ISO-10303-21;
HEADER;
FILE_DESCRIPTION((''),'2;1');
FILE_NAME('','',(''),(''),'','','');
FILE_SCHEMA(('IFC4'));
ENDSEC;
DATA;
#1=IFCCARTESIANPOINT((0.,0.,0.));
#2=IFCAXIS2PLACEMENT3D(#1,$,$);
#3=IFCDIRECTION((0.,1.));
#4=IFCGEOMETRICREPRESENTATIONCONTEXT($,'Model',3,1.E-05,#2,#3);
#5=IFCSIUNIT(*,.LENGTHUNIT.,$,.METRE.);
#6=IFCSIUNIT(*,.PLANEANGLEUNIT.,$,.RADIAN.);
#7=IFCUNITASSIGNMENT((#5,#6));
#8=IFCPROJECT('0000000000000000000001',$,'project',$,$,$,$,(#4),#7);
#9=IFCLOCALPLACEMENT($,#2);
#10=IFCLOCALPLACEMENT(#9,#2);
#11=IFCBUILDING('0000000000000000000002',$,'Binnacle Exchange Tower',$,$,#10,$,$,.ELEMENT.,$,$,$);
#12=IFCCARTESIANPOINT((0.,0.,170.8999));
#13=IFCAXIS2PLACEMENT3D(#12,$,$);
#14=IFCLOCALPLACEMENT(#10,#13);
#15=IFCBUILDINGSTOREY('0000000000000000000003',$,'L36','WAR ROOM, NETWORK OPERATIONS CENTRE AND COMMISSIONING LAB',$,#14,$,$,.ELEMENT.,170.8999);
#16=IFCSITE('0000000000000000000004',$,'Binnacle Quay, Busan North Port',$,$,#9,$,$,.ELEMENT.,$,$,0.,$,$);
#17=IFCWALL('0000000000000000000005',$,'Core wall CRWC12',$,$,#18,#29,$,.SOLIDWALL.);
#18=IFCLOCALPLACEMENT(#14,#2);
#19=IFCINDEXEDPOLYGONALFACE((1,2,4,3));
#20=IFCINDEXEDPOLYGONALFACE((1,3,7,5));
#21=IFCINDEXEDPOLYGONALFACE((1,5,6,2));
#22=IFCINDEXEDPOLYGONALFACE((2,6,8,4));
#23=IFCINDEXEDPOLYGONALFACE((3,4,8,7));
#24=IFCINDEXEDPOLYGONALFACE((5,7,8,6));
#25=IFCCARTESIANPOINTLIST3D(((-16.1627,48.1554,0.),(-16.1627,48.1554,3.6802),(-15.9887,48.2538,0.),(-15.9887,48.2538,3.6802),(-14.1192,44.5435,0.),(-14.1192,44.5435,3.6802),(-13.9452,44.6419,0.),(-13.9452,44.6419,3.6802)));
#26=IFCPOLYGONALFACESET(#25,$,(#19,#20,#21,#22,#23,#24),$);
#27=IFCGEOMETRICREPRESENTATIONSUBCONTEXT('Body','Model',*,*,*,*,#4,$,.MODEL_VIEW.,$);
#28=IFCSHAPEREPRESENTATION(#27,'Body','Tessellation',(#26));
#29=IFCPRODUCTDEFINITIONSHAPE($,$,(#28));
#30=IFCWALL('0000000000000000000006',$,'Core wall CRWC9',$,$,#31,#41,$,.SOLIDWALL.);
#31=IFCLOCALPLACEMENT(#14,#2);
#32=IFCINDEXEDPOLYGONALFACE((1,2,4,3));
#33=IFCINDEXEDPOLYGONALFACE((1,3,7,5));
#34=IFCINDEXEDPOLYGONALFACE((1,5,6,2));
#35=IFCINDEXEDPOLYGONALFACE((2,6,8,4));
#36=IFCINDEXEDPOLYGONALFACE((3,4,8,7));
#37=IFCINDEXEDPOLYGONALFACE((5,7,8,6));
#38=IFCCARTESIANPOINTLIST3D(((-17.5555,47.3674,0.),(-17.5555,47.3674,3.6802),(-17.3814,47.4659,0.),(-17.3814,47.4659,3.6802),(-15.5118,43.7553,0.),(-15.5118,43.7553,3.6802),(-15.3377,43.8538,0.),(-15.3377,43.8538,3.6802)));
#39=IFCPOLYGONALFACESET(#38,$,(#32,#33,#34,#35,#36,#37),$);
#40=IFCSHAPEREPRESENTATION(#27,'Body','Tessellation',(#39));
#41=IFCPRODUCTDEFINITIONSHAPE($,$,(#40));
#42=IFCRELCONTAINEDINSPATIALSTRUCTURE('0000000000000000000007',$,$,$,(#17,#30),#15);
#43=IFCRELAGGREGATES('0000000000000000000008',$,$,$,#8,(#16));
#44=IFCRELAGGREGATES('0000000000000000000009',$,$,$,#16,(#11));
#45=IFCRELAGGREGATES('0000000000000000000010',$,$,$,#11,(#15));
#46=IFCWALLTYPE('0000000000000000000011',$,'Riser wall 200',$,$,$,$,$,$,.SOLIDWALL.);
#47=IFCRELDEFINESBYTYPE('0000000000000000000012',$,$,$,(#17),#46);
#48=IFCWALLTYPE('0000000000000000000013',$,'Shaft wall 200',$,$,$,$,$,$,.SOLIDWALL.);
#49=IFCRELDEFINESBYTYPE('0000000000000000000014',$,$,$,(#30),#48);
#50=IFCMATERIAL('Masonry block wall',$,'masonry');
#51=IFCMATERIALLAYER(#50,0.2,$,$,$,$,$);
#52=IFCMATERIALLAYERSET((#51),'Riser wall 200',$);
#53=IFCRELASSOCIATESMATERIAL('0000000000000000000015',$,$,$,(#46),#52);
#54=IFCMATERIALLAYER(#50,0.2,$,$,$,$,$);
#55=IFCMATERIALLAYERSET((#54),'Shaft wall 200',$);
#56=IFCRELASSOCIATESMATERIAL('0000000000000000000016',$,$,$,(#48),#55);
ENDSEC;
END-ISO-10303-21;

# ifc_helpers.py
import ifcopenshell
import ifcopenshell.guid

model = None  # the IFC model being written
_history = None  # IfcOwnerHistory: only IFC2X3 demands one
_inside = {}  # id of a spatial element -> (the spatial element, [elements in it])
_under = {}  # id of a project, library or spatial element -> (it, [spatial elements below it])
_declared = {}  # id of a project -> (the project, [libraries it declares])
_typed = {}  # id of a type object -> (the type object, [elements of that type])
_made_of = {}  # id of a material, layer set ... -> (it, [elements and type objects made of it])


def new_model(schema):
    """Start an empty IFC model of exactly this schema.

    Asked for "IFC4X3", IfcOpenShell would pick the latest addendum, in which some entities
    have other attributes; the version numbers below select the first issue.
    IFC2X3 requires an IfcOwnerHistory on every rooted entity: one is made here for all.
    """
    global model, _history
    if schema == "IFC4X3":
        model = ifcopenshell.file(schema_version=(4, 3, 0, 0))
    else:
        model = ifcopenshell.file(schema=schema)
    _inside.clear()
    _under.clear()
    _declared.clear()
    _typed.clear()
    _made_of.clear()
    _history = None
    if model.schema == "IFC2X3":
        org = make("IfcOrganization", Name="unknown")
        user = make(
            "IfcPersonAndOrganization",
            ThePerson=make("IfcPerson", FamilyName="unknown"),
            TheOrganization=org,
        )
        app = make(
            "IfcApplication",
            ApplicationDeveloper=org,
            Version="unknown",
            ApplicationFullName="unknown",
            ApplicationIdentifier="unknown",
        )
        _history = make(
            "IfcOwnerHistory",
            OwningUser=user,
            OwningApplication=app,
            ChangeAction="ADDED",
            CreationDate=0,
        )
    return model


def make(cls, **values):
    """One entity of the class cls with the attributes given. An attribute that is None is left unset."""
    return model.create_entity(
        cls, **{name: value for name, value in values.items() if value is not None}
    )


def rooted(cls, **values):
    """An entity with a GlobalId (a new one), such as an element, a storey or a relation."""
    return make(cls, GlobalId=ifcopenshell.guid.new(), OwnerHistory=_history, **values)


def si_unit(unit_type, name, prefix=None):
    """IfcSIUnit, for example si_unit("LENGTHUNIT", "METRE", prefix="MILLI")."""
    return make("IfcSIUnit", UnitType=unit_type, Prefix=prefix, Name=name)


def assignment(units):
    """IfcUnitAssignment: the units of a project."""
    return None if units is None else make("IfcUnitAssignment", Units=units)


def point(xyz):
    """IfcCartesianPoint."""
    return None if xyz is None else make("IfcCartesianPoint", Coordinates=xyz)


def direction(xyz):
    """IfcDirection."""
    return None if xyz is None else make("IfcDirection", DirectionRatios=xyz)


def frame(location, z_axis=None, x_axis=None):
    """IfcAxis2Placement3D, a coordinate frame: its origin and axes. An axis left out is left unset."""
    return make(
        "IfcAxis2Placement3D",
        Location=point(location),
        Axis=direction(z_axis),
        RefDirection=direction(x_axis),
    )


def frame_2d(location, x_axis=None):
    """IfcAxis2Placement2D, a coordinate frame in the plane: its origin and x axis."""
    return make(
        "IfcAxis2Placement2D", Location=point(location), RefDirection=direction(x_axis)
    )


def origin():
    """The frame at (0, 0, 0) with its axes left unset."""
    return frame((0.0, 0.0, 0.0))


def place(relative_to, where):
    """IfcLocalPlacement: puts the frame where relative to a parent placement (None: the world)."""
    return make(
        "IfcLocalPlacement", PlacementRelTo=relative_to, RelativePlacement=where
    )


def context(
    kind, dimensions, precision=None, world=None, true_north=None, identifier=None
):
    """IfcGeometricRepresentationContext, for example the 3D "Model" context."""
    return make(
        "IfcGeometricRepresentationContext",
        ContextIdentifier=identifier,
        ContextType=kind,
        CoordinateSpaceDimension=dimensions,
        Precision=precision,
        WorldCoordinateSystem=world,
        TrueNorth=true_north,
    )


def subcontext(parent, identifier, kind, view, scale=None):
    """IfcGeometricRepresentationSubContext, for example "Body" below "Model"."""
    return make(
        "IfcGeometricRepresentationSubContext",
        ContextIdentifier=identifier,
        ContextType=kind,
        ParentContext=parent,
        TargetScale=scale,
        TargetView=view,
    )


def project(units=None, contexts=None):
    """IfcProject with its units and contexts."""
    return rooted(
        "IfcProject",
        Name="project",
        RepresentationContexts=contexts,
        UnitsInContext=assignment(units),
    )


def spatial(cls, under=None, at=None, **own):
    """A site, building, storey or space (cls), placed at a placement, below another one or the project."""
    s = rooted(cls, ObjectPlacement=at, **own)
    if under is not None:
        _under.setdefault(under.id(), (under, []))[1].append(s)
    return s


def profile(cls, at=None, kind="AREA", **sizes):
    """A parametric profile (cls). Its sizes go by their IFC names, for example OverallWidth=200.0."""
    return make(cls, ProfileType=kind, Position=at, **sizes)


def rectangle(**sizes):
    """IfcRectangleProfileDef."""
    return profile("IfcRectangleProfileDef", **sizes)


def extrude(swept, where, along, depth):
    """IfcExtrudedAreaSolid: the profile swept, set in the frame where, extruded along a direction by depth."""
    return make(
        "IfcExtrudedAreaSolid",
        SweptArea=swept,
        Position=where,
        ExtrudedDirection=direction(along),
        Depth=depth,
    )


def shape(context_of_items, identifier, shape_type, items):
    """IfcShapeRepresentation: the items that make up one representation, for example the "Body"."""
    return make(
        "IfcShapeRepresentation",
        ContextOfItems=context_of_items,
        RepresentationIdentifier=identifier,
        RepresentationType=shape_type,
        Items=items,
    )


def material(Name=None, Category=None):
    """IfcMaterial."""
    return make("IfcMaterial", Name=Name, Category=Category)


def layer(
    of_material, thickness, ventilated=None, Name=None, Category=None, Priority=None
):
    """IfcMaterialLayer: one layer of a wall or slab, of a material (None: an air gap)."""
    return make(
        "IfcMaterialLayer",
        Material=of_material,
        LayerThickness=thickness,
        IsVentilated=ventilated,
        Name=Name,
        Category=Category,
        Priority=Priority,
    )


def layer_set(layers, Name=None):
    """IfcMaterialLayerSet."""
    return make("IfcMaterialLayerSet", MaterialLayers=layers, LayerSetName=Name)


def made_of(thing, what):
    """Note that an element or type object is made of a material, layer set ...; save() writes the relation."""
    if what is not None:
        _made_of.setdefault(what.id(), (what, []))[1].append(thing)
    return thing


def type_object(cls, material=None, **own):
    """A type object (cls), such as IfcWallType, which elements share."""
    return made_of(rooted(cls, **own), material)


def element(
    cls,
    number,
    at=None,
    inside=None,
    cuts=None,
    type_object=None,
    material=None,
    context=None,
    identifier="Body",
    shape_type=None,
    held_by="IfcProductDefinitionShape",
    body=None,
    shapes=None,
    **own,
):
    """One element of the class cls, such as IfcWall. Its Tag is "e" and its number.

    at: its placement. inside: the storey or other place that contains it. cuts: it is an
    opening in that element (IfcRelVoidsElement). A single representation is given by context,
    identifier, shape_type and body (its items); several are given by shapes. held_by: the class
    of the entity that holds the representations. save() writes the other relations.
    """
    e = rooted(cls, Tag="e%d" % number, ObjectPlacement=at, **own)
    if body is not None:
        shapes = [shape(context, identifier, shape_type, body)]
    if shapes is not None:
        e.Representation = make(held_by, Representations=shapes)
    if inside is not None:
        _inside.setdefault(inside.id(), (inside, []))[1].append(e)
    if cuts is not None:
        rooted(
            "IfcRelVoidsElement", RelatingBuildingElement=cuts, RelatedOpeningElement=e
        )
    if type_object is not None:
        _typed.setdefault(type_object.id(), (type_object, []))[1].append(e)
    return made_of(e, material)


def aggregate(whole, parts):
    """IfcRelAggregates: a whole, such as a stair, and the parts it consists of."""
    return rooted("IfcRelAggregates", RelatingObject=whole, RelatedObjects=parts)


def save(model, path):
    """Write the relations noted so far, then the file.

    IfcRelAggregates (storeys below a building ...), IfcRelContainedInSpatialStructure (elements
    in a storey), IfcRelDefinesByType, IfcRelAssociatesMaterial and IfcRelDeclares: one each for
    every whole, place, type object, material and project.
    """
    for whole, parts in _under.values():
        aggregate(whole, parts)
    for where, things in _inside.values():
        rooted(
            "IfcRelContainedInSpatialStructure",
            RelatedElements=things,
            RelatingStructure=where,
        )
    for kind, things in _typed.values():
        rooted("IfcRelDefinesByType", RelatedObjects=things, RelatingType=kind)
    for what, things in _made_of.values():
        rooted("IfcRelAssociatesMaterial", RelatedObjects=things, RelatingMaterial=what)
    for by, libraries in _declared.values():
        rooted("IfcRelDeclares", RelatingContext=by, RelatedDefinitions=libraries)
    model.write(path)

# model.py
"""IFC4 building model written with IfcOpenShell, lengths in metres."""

from ifc_helpers import new_model, si_unit, direction, frame, frame_2d, origin, place, context, subcontext, project, spatial, rectangle, extrude, material, layer, layer_set, type_object, element, save


model = new_model("IFC4")

# Units and contexts
model_context = context("Model", 3, precision=1e-05, world=origin(), true_north=direction((0.0, 1.0)))
body_context = subcontext(model_context, "Body", "Model", "MODEL_VIEW")
ifc_project = project(units=[si_unit("LENGTHUNIT", "METRE"), si_unit("PLANEANGLEUNIT", "RADIAN")], contexts=[model_context])

# Site, building, storey
site_placement = place(None, origin())
site = spatial("IfcSite", under=ifc_project, at=site_placement, Name="Binnacle Quay, Busan North Port", CompositionType="ELEMENT", RefElevation=0.0)
building_placement = place(site_placement, origin())
building = spatial("IfcBuilding", under=site, at=building_placement, Name="Binnacle Exchange Tower", CompositionType="ELEMENT")
storey_placement = place(building_placement, frame((0.0, 0.0, 170.8999)))
storey = spatial("IfcBuildingStorey", under=building, at=storey_placement, Name="L36", Description="WAR ROOM, NETWORK OPERATIONS CENTRE AND COMMISSIONING LAB", CompositionType="ELEMENT", Elevation=170.8999)

# Walls
ifc_material_1 = material(Name="Masonry block wall", Category="masonry")
ifc_layer_1 = layer(ifc_material_1, 0.2)
ifc_layer_set_1 = layer_set([ifc_layer_1], Name="Riser wall 200")
wall_type_1 = type_object("IfcWallType", Name="Riser wall 200", PredefinedType="SOLIDWALL", material=ifc_layer_set_1)
wall_1_placement = place(storey_placement, frame((-16.0757, 48.2046, 0.0), z_axis=(0.0, 0.0, 1.0), x_axis=(0.492422, -0.870357, 0.0)))
element("IfcWall", 1, at=wall_1_placement, inside=storey, type_object=wall_type_1, Name="Core wall CRWC12", PredefinedType="SOLIDWALL", context=body_context, shape_type="SweptSolid", body=[
    extrude(rectangle(XDim=4.1499, YDim=0.2, at=frame_2d((2.075, 0.0))), origin(), (0.0, 0.0, 1.0), 3.6802),
])
ifc_layer_2 = layer(ifc_material_1, 0.2)
ifc_layer_set_2 = layer_set([ifc_layer_2], Name="Shaft wall 200")
wall_type_2 = type_object("IfcWallType", Name="Shaft wall 200", PredefinedType="SOLIDWALL", material=ifc_layer_set_2)
wall_2_placement = place(storey_placement, frame((-17.4685, 47.4167, 0.0), z_axis=(0.0, 0.0, 1.0), x_axis=(0.492441, -0.870346, 0.0)))
element("IfcWall", 2, at=wall_2_placement, inside=storey, type_object=wall_type_2, Name="Core wall CRWC9", PredefinedType="SOLIDWALL", context=body_context, shape_type="SweptSolid", body=[
    extrude(rectangle(XDim=4.1501, YDim=0.2, at=frame_2d((2.0752, 0.0))), origin(), (0.0, 0.0, 1.0), 3.6802),
])

save(model, "model.ifc")
